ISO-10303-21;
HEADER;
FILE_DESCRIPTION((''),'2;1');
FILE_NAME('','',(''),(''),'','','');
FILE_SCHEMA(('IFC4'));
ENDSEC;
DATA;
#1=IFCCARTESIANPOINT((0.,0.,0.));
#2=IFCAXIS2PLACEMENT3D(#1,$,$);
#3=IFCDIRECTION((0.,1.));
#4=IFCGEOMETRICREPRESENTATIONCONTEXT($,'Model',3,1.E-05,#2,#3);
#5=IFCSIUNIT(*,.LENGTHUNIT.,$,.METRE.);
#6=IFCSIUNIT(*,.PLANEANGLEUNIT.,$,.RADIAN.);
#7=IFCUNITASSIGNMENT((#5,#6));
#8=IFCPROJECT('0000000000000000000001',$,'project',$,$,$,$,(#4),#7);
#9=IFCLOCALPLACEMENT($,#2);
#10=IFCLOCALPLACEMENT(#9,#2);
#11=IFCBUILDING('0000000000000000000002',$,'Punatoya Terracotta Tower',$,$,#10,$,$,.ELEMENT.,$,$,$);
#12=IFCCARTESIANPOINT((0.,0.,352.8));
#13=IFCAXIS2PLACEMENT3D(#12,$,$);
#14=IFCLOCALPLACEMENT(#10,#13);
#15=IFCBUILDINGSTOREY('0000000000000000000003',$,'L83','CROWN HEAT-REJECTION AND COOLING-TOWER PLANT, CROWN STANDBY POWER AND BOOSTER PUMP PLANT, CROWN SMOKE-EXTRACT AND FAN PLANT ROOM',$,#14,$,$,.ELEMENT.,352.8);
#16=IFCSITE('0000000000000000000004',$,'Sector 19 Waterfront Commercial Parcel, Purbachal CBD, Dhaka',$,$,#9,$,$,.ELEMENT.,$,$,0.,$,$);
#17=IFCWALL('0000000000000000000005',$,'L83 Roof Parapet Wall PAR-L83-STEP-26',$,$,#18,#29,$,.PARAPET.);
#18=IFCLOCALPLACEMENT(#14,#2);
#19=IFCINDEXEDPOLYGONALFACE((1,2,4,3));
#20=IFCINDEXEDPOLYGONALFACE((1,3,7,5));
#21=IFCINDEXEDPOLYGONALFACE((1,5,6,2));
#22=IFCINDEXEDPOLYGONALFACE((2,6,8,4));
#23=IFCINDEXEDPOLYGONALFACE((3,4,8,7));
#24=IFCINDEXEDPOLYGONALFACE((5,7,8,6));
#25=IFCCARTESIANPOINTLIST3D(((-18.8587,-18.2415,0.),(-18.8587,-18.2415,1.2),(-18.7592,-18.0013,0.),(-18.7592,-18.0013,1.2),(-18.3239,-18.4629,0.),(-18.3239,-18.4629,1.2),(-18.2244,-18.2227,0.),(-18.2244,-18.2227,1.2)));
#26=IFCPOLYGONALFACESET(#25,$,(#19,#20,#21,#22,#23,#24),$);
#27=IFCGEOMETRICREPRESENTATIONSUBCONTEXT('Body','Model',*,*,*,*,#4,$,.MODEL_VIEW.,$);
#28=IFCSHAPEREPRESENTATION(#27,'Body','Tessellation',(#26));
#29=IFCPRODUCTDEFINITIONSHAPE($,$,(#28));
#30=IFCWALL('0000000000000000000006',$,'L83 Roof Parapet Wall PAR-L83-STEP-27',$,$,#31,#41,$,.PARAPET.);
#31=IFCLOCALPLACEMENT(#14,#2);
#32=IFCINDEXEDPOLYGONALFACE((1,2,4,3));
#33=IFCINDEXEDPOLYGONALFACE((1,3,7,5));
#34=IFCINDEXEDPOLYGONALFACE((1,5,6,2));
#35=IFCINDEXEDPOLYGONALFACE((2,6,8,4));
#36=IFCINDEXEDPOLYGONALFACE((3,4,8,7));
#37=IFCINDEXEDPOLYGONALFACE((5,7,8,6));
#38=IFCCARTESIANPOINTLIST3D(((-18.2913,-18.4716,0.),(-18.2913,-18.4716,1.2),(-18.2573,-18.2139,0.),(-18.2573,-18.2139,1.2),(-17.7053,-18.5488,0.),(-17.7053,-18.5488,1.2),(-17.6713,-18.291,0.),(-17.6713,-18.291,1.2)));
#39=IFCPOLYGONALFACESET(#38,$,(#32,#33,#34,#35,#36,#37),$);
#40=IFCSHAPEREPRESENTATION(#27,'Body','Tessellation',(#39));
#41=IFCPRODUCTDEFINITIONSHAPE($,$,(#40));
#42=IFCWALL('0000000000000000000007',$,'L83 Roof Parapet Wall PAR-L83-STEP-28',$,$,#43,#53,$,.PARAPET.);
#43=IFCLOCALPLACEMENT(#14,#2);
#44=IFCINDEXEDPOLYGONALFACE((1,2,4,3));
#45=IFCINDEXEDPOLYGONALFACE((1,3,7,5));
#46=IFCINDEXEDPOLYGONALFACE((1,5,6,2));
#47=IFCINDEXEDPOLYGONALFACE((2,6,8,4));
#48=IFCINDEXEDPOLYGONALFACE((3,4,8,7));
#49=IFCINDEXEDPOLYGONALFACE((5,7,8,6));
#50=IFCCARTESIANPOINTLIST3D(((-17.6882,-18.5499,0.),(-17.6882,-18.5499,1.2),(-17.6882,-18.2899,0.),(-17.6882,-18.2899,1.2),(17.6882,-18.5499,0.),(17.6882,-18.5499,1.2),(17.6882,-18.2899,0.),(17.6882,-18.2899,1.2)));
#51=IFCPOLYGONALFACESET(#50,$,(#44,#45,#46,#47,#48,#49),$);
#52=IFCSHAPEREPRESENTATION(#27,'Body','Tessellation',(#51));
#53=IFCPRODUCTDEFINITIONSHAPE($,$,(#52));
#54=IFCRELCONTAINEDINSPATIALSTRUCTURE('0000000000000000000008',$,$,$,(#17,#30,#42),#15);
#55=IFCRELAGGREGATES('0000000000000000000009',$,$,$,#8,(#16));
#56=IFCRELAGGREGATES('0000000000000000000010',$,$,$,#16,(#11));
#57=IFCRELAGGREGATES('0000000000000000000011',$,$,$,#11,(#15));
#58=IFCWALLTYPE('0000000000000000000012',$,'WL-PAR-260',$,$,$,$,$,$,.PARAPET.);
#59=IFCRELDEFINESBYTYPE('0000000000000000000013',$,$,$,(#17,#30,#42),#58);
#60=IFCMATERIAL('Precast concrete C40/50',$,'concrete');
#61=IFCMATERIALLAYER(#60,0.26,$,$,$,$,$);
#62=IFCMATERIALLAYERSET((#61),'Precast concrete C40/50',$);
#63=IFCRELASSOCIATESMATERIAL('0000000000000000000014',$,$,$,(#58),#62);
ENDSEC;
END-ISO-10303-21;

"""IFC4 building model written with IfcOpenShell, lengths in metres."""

from ifc_helpers import new_model, si_unit, direction, frame, frame_2d, origin, place, context, subcontext, project, spatial, rectangle, extrude, material, layer, layer_set, type_object, element, save


model = new_model("IFC4")

# Units and contexts
model_context = context("Model", 3, precision=1e-05, world=origin(), true_north=direction((0.0, 1.0)))
body_context = subcontext(model_context, "Body", "Model", "MODEL_VIEW")
ifc_project = project(units=[si_unit("LENGTHUNIT", "METRE"), si_unit("PLANEANGLEUNIT", "RADIAN")], contexts=[model_context])

# Site, building, storey
site_placement = place(None, origin())
site = spatial("IfcSite", under=ifc_project, at=site_placement, Name="Sector 19 Waterfront Commercial Parcel, Purbachal CBD, Dhaka", CompositionType="ELEMENT", RefElevation=0.0)
building_placement = place(site_placement, origin())
building = spatial("IfcBuilding", under=site, at=building_placement, Name="Punatoya Terracotta Tower", CompositionType="ELEMENT")
storey_placement = place(building_placement, frame((0.0, 0.0, 352.8)))
storey = spatial("IfcBuildingStorey", under=building, at=storey_placement, Name="L83", Description="CROWN HEAT-REJECTION AND COOLING-TOWER PLANT, CROWN STANDBY POWER AND BOOSTER PUMP PLANT, CROWN SMOKE-EXTRACT AND FAN PLANT ROOM", CompositionType="ELEMENT", Elevation=352.8)

# Walls
ifc_material_1 = material(Name="Precast concrete C40/50", Category="concrete")
ifc_layer_1 = layer(ifc_material_1, 0.26)
ifc_layer_set_1 = layer_set([ifc_layer_1], Name="Precast concrete C40/50")
wall_type_1 = type_object("IfcWallType", Name="WL-PAR-260", PredefinedType="PARAPET", material=ifc_layer_set_1)
wall_1_placement = place(storey_placement, frame((-18.8091, -18.1213, 0.0), z_axis=(0.0, 0.0, 1.0), x_axis=(0.92396, -0.382488, 0.0)))
element("IfcWall", 1, at=wall_1_placement, inside=storey, type_object=wall_type_1, Name="L83 Roof Parapet Wall PAR-L83-STEP-26", PredefinedType="PARAPET", context=body_context, shape_type="SweptSolid", body=[
    extrude(rectangle(XDim=0.5789, YDim=0.26, at=frame_2d((0.2896, 0.0))), origin(), (0.0, 0.0, 1.0), 1.2),
])
wall_2_placement = place(storey_placement, frame((-18.2742, -18.3428, 0.0), z_axis=(0.0, 0.0, 1.0), x_axis=(0.991443, -0.13054, 0.0)))
element("IfcWall", 2, at=wall_2_placement, inside=storey, type_object=wall_type_1, Name="L83 Roof Parapet Wall PAR-L83-STEP-27", PredefinedType="PARAPET", context=body_context, shape_type="SweptSolid", body=[
    extrude(rectangle(XDim=0.5911, YDim=0.26, at=frame_2d((0.2954, 0.0))), origin(), (0.0, 0.0, 1.0), 1.2),
])
wall_3_placement = place(storey_placement, frame((-17.6882, -18.4199, 0.0), z_axis=(0.0, 0.0, 1.0), x_axis=(1.0, 0.0, 0.0)))
element("IfcWall", 3, at=wall_3_placement, inside=storey, type_object=wall_type_1, Name="L83 Roof Parapet Wall PAR-L83-STEP-28", PredefinedType="PARAPET", context=body_context, shape_type="SweptSolid", body=[
    extrude(rectangle(XDim=35.3765, YDim=0.26, at=frame_2d((17.6882, 0.0))), origin(), (0.0, 0.0, 1.0), 1.2),
])

save(model, "model.ifc")
